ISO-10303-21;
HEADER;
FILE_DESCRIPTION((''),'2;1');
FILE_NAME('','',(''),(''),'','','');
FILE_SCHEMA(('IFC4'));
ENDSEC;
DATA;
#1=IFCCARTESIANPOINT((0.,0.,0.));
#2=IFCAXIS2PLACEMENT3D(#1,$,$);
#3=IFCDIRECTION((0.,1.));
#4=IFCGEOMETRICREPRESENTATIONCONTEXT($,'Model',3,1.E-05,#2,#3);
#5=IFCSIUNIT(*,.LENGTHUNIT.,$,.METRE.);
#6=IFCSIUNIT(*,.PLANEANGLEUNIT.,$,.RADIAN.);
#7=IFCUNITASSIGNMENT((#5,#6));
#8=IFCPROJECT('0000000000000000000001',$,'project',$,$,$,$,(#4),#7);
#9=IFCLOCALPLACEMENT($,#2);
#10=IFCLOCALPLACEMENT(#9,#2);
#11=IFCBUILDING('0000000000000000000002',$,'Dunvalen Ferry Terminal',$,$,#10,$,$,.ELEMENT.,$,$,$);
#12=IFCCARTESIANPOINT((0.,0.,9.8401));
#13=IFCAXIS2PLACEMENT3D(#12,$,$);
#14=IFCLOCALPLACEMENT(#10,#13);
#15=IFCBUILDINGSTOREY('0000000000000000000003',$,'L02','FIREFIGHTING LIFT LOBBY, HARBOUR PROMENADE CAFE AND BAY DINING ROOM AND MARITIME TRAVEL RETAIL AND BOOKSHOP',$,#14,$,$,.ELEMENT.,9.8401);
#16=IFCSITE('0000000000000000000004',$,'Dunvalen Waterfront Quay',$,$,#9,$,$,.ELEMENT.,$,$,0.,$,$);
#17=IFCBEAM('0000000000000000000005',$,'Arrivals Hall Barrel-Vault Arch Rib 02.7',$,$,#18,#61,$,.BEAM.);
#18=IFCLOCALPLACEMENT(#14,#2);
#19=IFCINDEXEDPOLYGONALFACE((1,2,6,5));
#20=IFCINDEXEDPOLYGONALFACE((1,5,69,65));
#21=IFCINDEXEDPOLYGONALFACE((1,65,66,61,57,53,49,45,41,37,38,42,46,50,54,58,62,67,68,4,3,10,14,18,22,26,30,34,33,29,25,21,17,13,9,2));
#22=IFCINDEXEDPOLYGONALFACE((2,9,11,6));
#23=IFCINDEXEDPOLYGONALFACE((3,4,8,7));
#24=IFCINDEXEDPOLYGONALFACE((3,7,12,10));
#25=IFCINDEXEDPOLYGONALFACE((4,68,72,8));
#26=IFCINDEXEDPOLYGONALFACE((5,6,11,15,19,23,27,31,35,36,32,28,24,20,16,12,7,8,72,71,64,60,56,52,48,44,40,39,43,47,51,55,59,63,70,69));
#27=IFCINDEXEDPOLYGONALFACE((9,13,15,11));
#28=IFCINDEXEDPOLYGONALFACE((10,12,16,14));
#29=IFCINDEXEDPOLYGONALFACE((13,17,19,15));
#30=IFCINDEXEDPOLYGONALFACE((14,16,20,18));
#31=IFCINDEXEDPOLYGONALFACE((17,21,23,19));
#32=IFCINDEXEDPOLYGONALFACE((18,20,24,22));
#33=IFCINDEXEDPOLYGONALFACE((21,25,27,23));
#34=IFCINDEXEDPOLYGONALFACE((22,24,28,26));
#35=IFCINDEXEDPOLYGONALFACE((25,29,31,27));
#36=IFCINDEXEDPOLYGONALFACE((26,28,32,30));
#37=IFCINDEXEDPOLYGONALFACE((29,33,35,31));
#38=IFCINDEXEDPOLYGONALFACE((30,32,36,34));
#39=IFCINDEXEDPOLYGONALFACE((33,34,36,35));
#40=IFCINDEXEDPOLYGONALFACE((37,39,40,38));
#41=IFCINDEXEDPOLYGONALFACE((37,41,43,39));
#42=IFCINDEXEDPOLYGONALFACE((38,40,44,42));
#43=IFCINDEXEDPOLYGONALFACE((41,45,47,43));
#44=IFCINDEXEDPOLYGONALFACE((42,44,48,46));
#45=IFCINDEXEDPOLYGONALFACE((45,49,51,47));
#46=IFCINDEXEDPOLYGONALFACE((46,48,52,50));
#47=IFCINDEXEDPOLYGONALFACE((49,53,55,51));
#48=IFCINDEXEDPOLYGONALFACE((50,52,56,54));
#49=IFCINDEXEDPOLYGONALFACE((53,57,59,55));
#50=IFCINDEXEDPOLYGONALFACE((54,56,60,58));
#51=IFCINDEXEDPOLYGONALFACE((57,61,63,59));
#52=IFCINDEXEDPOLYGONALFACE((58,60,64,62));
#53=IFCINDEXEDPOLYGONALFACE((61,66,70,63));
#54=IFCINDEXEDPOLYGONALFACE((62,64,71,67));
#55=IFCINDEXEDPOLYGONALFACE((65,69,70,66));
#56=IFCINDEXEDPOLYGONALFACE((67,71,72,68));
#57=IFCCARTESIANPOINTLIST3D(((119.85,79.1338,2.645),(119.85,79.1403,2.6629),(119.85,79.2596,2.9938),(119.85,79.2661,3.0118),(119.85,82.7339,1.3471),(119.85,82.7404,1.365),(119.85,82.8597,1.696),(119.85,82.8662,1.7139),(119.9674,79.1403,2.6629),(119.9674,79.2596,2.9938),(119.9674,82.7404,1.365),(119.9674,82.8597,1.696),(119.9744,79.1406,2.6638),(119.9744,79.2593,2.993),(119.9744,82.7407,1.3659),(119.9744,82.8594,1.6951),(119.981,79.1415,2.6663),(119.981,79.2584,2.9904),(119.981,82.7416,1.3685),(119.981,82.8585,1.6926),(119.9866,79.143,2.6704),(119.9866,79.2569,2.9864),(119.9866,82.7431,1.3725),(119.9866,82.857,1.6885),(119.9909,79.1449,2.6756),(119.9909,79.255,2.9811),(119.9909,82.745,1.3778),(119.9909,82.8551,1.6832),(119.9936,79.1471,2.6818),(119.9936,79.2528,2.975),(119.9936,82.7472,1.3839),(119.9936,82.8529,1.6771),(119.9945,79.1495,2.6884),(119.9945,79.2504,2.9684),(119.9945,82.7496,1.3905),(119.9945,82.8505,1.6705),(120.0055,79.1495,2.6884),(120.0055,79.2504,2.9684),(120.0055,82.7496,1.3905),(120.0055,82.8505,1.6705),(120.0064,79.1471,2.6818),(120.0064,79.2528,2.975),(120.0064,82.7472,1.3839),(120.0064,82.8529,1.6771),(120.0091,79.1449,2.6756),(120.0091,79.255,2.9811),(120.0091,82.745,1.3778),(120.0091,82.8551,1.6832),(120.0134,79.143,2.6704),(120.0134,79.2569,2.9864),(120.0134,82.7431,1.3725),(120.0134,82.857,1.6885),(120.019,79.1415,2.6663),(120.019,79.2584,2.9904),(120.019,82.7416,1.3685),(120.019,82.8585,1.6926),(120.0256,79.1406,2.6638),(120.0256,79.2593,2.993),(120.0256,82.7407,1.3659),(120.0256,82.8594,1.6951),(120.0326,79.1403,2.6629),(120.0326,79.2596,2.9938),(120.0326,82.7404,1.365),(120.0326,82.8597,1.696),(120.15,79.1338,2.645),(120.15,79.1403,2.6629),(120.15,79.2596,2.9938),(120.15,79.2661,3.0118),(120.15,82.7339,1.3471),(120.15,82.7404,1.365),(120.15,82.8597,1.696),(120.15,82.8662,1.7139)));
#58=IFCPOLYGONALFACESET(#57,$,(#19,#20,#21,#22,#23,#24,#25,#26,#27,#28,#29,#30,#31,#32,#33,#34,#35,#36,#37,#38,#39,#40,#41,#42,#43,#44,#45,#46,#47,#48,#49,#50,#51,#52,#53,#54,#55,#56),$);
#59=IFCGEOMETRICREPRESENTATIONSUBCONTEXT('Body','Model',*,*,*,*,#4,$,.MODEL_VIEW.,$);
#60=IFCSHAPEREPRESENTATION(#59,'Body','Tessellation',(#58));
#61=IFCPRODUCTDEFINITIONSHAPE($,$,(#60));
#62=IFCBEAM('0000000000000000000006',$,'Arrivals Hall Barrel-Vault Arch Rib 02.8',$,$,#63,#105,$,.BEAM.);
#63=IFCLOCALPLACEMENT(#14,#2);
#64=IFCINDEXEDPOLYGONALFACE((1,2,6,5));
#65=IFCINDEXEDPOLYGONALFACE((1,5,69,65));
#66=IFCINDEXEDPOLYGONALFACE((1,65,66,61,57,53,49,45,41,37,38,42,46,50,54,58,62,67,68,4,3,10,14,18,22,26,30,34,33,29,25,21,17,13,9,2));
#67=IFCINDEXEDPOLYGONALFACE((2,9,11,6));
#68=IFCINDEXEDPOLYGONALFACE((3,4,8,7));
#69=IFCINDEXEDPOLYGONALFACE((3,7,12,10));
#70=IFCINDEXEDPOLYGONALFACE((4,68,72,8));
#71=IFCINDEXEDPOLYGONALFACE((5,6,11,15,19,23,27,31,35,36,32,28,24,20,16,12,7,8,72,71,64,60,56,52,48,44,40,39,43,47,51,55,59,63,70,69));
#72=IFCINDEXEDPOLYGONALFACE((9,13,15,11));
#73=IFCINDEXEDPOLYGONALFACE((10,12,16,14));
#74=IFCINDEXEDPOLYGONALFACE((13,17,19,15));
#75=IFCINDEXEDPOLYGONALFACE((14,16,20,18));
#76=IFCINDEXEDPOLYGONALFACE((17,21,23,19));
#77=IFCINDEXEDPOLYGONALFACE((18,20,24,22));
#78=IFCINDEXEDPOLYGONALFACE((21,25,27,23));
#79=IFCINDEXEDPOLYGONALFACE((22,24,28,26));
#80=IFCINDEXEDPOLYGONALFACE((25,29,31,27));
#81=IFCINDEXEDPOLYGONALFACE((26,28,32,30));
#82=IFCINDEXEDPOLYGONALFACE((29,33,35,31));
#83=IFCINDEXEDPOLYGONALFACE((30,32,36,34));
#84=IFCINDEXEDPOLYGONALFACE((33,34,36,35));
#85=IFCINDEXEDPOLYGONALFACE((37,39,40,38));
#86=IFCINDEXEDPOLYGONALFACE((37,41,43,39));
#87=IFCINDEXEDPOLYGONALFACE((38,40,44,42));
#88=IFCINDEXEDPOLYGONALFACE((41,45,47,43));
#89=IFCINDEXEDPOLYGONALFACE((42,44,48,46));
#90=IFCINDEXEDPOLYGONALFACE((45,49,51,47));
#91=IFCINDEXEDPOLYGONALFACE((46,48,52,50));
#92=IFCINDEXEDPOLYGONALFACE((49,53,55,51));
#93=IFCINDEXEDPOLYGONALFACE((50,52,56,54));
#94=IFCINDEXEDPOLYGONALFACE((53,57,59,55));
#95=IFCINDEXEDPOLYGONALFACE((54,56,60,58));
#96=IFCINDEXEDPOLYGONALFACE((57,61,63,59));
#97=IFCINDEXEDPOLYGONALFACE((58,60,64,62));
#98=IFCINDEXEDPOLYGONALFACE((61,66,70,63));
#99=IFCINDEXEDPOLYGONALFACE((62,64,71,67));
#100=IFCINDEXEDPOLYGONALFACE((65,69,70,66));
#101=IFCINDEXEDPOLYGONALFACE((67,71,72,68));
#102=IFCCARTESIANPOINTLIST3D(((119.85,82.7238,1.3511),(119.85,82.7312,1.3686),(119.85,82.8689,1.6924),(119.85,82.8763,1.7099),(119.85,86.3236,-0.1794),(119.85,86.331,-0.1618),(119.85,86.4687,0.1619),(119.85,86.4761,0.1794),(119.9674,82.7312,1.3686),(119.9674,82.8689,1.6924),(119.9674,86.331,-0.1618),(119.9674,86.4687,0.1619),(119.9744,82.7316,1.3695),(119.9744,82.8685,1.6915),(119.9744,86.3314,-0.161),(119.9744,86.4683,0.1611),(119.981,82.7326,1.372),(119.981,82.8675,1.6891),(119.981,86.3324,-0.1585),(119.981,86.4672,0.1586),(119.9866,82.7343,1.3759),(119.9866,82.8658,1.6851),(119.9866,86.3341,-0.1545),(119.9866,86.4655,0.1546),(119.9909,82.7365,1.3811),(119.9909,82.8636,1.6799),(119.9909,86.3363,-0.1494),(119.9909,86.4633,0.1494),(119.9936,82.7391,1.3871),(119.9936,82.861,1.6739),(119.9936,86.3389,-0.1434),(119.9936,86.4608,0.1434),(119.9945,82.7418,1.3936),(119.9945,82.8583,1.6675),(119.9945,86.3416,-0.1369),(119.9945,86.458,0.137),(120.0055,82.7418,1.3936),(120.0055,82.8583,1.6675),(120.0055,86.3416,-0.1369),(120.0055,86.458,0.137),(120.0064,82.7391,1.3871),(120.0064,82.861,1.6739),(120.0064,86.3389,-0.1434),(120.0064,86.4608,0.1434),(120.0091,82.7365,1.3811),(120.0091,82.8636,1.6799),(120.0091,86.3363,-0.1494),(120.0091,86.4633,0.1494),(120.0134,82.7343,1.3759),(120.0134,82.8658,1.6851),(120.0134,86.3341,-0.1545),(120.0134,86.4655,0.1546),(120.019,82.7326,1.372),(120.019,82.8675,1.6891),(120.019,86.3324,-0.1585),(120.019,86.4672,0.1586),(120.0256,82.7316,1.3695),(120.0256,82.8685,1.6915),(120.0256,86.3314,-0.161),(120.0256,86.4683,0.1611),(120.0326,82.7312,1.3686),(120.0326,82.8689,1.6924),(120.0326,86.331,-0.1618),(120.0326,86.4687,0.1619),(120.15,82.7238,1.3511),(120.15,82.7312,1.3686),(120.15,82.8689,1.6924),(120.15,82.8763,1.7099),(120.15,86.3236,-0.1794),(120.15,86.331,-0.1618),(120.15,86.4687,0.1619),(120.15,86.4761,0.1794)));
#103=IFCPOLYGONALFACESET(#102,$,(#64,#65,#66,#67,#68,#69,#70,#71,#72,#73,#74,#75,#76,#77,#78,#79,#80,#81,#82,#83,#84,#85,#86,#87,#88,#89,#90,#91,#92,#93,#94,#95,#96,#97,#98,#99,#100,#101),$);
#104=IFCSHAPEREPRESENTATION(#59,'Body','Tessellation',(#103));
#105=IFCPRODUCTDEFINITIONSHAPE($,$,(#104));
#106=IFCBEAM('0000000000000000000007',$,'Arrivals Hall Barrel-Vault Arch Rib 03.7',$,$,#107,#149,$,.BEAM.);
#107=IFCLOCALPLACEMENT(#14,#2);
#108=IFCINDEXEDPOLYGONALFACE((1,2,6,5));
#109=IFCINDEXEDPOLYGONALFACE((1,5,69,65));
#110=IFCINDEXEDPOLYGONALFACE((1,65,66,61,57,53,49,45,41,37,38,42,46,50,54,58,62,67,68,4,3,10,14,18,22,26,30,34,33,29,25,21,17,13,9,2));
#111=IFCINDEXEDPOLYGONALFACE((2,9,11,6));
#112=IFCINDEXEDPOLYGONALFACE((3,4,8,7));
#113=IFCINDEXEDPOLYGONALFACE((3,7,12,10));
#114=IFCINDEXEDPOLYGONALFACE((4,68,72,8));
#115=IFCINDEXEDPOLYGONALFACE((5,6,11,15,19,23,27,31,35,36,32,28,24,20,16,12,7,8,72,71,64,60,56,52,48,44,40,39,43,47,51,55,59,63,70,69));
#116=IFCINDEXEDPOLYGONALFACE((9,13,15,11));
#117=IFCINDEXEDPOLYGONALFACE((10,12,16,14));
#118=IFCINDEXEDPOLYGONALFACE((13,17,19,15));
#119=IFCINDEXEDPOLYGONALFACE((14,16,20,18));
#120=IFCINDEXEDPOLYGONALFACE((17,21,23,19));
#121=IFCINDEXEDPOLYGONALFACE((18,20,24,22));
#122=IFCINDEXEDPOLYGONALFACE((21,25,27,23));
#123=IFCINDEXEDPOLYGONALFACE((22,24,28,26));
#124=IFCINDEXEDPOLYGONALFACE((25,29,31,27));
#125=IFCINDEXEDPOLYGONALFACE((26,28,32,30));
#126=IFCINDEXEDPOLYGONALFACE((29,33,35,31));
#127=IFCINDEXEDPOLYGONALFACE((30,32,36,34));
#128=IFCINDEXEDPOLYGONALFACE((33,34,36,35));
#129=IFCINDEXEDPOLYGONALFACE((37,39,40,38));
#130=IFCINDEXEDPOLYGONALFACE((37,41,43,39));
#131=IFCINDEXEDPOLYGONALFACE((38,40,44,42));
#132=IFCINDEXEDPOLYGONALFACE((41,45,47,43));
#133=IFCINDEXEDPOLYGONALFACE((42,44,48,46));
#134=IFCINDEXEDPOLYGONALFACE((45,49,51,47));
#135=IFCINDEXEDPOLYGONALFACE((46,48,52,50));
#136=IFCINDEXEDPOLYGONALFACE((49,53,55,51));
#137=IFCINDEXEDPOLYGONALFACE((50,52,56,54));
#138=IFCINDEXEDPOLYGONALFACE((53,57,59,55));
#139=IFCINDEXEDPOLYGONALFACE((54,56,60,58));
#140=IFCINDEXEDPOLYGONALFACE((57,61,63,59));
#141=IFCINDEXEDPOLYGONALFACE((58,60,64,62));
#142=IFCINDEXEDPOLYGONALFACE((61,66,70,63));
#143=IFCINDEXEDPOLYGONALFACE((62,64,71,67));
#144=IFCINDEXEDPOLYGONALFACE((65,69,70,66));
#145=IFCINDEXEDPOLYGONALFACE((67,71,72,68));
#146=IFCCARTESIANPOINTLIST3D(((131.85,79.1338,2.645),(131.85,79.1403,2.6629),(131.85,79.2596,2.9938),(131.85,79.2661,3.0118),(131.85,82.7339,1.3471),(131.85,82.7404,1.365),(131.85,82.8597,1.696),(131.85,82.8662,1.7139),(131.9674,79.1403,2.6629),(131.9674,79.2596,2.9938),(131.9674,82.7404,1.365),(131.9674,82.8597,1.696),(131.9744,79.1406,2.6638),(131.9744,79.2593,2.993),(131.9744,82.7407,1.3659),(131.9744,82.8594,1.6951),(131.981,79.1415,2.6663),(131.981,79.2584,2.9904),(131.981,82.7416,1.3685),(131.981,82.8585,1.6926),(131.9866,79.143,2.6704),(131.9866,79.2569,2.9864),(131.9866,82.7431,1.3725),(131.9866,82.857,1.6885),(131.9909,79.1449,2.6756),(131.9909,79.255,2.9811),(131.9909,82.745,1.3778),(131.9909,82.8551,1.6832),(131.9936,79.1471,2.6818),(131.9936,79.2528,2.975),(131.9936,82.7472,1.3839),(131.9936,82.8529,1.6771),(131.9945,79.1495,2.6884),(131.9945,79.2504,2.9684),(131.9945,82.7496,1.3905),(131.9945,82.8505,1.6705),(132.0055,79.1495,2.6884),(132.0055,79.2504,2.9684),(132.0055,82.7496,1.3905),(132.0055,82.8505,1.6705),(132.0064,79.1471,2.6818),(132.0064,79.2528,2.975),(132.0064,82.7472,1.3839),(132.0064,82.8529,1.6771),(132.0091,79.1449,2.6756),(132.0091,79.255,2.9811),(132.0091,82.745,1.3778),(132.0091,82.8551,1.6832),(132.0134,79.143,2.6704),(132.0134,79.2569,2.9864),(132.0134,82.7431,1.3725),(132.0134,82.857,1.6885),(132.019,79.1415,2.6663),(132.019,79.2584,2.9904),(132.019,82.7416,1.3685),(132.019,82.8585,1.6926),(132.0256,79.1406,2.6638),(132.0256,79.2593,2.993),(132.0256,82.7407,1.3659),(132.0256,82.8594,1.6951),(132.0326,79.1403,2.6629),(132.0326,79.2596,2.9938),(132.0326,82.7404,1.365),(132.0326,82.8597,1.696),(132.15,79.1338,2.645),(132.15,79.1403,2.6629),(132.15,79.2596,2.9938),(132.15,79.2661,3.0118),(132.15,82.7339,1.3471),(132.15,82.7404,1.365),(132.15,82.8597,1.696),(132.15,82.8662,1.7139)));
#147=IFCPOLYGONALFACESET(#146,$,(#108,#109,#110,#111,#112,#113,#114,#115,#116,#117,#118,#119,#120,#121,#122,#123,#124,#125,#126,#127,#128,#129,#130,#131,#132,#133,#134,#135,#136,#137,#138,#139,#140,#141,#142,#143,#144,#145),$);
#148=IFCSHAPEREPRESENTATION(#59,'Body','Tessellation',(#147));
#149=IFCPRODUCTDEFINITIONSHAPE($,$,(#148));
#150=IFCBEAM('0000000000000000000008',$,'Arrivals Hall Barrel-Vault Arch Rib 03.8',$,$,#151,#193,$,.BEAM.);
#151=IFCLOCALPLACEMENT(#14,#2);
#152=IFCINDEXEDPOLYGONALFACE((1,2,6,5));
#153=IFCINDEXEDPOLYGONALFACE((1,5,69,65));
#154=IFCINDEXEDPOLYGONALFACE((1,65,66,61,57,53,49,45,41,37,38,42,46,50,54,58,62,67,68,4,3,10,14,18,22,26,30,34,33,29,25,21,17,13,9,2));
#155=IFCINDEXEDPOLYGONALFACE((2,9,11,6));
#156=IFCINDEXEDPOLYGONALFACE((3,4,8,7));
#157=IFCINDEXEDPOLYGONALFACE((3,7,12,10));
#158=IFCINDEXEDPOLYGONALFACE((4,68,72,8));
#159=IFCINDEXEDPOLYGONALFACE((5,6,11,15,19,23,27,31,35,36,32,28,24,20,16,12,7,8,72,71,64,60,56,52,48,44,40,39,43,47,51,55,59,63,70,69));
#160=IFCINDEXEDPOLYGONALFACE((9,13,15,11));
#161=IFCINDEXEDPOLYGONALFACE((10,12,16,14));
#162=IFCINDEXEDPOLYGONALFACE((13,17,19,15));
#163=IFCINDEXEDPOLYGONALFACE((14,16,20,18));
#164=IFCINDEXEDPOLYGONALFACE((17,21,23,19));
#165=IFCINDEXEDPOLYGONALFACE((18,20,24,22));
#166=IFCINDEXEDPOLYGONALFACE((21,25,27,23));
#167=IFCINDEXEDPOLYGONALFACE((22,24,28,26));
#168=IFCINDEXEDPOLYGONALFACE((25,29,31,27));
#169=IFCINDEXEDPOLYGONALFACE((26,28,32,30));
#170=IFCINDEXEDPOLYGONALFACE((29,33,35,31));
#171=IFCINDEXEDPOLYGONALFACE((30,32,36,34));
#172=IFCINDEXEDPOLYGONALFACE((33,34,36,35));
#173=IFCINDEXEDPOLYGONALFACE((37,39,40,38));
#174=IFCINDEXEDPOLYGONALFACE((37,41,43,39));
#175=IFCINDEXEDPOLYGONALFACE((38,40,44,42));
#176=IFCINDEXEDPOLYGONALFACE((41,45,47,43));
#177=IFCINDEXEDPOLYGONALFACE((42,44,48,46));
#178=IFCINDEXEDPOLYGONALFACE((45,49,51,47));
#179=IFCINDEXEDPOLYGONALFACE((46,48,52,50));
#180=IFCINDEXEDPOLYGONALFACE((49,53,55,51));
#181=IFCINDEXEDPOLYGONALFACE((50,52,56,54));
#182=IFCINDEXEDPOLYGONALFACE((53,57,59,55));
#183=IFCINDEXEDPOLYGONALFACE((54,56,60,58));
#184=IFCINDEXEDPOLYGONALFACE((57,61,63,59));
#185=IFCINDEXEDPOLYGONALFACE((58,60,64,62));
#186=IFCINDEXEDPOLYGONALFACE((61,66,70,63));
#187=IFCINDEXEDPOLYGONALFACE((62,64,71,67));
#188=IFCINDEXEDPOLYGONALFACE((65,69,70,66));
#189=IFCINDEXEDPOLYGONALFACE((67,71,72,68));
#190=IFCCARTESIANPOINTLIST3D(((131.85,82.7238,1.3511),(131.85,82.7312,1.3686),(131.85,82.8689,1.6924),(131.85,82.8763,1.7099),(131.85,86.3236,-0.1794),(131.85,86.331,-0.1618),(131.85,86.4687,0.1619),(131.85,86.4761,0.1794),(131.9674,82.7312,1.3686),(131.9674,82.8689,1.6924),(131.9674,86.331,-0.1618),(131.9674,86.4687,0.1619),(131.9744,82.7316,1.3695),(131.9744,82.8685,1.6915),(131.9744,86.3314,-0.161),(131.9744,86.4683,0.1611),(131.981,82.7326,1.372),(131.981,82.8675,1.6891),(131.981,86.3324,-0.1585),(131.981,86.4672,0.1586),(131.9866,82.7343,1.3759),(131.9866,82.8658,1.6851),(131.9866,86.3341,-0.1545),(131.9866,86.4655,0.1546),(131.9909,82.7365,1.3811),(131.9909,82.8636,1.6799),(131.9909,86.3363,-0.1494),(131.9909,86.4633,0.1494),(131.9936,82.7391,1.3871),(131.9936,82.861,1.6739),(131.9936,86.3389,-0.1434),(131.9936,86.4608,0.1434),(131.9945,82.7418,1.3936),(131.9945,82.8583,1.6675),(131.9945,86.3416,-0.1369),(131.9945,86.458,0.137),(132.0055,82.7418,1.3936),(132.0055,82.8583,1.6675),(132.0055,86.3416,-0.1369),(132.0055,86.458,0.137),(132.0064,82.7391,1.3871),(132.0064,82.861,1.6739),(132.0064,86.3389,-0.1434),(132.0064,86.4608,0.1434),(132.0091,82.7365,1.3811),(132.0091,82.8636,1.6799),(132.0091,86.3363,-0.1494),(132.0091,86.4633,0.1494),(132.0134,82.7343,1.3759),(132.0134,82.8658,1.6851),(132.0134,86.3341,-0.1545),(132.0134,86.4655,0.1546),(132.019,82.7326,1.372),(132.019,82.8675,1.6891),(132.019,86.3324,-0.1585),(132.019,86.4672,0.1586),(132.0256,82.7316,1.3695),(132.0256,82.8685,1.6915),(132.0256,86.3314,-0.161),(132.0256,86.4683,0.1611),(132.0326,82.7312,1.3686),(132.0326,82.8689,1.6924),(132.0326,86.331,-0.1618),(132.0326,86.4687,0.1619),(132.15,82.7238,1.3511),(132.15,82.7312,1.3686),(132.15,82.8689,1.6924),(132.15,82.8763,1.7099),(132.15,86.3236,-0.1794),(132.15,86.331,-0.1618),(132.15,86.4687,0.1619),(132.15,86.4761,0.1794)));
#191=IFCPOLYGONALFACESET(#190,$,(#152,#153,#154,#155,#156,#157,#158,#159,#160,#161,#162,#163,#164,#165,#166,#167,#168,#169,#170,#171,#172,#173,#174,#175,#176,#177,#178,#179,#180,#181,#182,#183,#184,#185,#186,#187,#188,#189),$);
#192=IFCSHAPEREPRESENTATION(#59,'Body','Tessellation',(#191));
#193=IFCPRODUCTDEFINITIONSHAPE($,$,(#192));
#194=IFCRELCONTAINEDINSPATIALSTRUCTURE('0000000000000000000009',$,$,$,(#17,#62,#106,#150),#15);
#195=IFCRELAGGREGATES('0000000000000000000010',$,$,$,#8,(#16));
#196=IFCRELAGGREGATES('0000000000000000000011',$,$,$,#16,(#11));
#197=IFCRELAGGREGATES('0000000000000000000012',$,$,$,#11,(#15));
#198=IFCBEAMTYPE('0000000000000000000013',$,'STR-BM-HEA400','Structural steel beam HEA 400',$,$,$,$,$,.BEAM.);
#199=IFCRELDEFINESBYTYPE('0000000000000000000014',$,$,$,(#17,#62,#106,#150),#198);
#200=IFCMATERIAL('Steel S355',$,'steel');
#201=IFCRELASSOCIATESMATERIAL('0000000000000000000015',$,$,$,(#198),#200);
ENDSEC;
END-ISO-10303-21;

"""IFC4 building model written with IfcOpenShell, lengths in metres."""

from ifc_helpers import new_model, si_unit, direction, frame, origin, origin_2d, place, context, subcontext, project, spatial, i_section, extrude, material, material_profile, profile_set, type_object, element, save


model = new_model("IFC4")

# Units and contexts
model_context = context("Model", 3, precision=1e-05, world=origin(), true_north=direction((0.0, 1.0)))
body_context = subcontext(model_context, "Body", "Model", "MODEL_VIEW")
ifc_project = project(units=[si_unit("LENGTHUNIT", "METRE"), si_unit("PLANEANGLEUNIT", "RADIAN")], contexts=[model_context])

# Site, building, storey
site_placement = place(None, origin())
site = spatial("IfcSite", under=ifc_project, at=site_placement, Name="Dunvalen Waterfront Quay", CompositionType="ELEMENT", RefElevation=0.0)
building_placement = place(site_placement, origin())
building = spatial("IfcBuilding", under=site, at=building_placement, Name="Dunvalen Ferry Terminal", CompositionType="ELEMENT")
storey_placement = place(building_placement, frame((0.0, 0.0, 9.8401)))
storey = spatial("IfcBuildingStorey", under=building, at=storey_placement, Name="L02", Description="FIREFIGHTING LIFT LOBBY, HARBOUR PROMENADE CAFE AND BAY DINING ROOM AND MARITIME TRAVEL RETAIL AND BOOKSHOP", CompositionType="ELEMENT", Elevation=9.8401)

# Beams
ifc_material_1 = material(Name="Steel S355", Category="steel")
ifc_material_profile_1 = material_profile(ifc_material_1, i_section(OverallWidth=0.3, OverallDepth=0.3899, WebThickness=0.011, FlangeThickness=0.019, FilletRadius=0.0271, at=origin_2d()), Name="Steel S355")
ifc_profile_set_1 = profile_set([ifc_material_profile_1], Name="Steel S355")
beam_type = type_object("IfcBeamType", Name="STR-BM-HEA400", Description="Structural steel beam HEA 400", PredefinedType="BEAM", material=ifc_profile_set_1)
beam_1_placement = place(storey_placement, frame((120.0, 79.2, 2.8284), z_axis=(0.0, 0.940736, -0.33914), x_axis=(-1.0, 0.0, 0.0)))
element("IfcBeam", 1, at=beam_1_placement, inside=storey, type_object=beam_type, Name="Arrivals Hall Barrel-Vault Arch Rib 02.7", PredefinedType="BEAM", context=body_context, shape_type="SweptSolid", body=[
    extrude(i_section(OverallWidth=0.3, OverallDepth=0.3899, WebThickness=0.011, FlangeThickness=0.019, FilletRadius=0.0271, at=origin_2d()), origin(), (0.0, 0.0, 1.0), 3.8269),
])
beam_2_placement = place(storey_placement, frame((120.0, 82.8, 1.5305), z_axis=(0.0, 0.920278, -0.391266), x_axis=(-1.0, 0.0, 0.0)))
element("IfcBeam", 2, at=beam_2_placement, inside=storey, type_object=beam_type, Name="Arrivals Hall Barrel-Vault Arch Rib 02.8", PredefinedType="BEAM", context=body_context, shape_type="SweptSolid", body=[
    extrude(i_section(OverallWidth=0.3, OverallDepth=0.3899, WebThickness=0.011, FlangeThickness=0.019, FilletRadius=0.0271, at=origin_2d()), origin(), (0.0, 0.0, 1.0), 3.9116),
])
beam_3_placement = place(storey_placement, frame((132.0, 79.2, 2.8284), z_axis=(0.0, 0.940736, -0.33914), x_axis=(-1.0, 0.0, 0.0)))
element("IfcBeam", 3, at=beam_3_placement, inside=storey, type_object=beam_type, Name="Arrivals Hall Barrel-Vault Arch Rib 03.7", PredefinedType="BEAM", context=body_context, shape_type="SweptSolid", body=[
    extrude(i_section(OverallWidth=0.3, OverallDepth=0.3899, WebThickness=0.011, FlangeThickness=0.019, FilletRadius=0.0271, at=origin_2d()), origin(), (0.0, 0.0, 1.0), 3.8269),
])
beam_4_placement = place(storey_placement, frame((132.0, 82.8, 1.5305), z_axis=(0.0, 0.920278, -0.391266), x_axis=(-1.0, 0.0, 0.0)))
element("IfcBeam", 4, at=beam_4_placement, inside=storey, type_object=beam_type, Name="Arrivals Hall Barrel-Vault Arch Rib 03.8", PredefinedType="BEAM", context=body_context, shape_type="SweptSolid", body=[
    extrude(i_section(OverallWidth=0.3, OverallDepth=0.3899, WebThickness=0.011, FlangeThickness=0.019, FilletRadius=0.0271, at=origin_2d()), origin(), (0.0, 0.0, 1.0), 3.9116),
])

save(model, "model.ifc")
